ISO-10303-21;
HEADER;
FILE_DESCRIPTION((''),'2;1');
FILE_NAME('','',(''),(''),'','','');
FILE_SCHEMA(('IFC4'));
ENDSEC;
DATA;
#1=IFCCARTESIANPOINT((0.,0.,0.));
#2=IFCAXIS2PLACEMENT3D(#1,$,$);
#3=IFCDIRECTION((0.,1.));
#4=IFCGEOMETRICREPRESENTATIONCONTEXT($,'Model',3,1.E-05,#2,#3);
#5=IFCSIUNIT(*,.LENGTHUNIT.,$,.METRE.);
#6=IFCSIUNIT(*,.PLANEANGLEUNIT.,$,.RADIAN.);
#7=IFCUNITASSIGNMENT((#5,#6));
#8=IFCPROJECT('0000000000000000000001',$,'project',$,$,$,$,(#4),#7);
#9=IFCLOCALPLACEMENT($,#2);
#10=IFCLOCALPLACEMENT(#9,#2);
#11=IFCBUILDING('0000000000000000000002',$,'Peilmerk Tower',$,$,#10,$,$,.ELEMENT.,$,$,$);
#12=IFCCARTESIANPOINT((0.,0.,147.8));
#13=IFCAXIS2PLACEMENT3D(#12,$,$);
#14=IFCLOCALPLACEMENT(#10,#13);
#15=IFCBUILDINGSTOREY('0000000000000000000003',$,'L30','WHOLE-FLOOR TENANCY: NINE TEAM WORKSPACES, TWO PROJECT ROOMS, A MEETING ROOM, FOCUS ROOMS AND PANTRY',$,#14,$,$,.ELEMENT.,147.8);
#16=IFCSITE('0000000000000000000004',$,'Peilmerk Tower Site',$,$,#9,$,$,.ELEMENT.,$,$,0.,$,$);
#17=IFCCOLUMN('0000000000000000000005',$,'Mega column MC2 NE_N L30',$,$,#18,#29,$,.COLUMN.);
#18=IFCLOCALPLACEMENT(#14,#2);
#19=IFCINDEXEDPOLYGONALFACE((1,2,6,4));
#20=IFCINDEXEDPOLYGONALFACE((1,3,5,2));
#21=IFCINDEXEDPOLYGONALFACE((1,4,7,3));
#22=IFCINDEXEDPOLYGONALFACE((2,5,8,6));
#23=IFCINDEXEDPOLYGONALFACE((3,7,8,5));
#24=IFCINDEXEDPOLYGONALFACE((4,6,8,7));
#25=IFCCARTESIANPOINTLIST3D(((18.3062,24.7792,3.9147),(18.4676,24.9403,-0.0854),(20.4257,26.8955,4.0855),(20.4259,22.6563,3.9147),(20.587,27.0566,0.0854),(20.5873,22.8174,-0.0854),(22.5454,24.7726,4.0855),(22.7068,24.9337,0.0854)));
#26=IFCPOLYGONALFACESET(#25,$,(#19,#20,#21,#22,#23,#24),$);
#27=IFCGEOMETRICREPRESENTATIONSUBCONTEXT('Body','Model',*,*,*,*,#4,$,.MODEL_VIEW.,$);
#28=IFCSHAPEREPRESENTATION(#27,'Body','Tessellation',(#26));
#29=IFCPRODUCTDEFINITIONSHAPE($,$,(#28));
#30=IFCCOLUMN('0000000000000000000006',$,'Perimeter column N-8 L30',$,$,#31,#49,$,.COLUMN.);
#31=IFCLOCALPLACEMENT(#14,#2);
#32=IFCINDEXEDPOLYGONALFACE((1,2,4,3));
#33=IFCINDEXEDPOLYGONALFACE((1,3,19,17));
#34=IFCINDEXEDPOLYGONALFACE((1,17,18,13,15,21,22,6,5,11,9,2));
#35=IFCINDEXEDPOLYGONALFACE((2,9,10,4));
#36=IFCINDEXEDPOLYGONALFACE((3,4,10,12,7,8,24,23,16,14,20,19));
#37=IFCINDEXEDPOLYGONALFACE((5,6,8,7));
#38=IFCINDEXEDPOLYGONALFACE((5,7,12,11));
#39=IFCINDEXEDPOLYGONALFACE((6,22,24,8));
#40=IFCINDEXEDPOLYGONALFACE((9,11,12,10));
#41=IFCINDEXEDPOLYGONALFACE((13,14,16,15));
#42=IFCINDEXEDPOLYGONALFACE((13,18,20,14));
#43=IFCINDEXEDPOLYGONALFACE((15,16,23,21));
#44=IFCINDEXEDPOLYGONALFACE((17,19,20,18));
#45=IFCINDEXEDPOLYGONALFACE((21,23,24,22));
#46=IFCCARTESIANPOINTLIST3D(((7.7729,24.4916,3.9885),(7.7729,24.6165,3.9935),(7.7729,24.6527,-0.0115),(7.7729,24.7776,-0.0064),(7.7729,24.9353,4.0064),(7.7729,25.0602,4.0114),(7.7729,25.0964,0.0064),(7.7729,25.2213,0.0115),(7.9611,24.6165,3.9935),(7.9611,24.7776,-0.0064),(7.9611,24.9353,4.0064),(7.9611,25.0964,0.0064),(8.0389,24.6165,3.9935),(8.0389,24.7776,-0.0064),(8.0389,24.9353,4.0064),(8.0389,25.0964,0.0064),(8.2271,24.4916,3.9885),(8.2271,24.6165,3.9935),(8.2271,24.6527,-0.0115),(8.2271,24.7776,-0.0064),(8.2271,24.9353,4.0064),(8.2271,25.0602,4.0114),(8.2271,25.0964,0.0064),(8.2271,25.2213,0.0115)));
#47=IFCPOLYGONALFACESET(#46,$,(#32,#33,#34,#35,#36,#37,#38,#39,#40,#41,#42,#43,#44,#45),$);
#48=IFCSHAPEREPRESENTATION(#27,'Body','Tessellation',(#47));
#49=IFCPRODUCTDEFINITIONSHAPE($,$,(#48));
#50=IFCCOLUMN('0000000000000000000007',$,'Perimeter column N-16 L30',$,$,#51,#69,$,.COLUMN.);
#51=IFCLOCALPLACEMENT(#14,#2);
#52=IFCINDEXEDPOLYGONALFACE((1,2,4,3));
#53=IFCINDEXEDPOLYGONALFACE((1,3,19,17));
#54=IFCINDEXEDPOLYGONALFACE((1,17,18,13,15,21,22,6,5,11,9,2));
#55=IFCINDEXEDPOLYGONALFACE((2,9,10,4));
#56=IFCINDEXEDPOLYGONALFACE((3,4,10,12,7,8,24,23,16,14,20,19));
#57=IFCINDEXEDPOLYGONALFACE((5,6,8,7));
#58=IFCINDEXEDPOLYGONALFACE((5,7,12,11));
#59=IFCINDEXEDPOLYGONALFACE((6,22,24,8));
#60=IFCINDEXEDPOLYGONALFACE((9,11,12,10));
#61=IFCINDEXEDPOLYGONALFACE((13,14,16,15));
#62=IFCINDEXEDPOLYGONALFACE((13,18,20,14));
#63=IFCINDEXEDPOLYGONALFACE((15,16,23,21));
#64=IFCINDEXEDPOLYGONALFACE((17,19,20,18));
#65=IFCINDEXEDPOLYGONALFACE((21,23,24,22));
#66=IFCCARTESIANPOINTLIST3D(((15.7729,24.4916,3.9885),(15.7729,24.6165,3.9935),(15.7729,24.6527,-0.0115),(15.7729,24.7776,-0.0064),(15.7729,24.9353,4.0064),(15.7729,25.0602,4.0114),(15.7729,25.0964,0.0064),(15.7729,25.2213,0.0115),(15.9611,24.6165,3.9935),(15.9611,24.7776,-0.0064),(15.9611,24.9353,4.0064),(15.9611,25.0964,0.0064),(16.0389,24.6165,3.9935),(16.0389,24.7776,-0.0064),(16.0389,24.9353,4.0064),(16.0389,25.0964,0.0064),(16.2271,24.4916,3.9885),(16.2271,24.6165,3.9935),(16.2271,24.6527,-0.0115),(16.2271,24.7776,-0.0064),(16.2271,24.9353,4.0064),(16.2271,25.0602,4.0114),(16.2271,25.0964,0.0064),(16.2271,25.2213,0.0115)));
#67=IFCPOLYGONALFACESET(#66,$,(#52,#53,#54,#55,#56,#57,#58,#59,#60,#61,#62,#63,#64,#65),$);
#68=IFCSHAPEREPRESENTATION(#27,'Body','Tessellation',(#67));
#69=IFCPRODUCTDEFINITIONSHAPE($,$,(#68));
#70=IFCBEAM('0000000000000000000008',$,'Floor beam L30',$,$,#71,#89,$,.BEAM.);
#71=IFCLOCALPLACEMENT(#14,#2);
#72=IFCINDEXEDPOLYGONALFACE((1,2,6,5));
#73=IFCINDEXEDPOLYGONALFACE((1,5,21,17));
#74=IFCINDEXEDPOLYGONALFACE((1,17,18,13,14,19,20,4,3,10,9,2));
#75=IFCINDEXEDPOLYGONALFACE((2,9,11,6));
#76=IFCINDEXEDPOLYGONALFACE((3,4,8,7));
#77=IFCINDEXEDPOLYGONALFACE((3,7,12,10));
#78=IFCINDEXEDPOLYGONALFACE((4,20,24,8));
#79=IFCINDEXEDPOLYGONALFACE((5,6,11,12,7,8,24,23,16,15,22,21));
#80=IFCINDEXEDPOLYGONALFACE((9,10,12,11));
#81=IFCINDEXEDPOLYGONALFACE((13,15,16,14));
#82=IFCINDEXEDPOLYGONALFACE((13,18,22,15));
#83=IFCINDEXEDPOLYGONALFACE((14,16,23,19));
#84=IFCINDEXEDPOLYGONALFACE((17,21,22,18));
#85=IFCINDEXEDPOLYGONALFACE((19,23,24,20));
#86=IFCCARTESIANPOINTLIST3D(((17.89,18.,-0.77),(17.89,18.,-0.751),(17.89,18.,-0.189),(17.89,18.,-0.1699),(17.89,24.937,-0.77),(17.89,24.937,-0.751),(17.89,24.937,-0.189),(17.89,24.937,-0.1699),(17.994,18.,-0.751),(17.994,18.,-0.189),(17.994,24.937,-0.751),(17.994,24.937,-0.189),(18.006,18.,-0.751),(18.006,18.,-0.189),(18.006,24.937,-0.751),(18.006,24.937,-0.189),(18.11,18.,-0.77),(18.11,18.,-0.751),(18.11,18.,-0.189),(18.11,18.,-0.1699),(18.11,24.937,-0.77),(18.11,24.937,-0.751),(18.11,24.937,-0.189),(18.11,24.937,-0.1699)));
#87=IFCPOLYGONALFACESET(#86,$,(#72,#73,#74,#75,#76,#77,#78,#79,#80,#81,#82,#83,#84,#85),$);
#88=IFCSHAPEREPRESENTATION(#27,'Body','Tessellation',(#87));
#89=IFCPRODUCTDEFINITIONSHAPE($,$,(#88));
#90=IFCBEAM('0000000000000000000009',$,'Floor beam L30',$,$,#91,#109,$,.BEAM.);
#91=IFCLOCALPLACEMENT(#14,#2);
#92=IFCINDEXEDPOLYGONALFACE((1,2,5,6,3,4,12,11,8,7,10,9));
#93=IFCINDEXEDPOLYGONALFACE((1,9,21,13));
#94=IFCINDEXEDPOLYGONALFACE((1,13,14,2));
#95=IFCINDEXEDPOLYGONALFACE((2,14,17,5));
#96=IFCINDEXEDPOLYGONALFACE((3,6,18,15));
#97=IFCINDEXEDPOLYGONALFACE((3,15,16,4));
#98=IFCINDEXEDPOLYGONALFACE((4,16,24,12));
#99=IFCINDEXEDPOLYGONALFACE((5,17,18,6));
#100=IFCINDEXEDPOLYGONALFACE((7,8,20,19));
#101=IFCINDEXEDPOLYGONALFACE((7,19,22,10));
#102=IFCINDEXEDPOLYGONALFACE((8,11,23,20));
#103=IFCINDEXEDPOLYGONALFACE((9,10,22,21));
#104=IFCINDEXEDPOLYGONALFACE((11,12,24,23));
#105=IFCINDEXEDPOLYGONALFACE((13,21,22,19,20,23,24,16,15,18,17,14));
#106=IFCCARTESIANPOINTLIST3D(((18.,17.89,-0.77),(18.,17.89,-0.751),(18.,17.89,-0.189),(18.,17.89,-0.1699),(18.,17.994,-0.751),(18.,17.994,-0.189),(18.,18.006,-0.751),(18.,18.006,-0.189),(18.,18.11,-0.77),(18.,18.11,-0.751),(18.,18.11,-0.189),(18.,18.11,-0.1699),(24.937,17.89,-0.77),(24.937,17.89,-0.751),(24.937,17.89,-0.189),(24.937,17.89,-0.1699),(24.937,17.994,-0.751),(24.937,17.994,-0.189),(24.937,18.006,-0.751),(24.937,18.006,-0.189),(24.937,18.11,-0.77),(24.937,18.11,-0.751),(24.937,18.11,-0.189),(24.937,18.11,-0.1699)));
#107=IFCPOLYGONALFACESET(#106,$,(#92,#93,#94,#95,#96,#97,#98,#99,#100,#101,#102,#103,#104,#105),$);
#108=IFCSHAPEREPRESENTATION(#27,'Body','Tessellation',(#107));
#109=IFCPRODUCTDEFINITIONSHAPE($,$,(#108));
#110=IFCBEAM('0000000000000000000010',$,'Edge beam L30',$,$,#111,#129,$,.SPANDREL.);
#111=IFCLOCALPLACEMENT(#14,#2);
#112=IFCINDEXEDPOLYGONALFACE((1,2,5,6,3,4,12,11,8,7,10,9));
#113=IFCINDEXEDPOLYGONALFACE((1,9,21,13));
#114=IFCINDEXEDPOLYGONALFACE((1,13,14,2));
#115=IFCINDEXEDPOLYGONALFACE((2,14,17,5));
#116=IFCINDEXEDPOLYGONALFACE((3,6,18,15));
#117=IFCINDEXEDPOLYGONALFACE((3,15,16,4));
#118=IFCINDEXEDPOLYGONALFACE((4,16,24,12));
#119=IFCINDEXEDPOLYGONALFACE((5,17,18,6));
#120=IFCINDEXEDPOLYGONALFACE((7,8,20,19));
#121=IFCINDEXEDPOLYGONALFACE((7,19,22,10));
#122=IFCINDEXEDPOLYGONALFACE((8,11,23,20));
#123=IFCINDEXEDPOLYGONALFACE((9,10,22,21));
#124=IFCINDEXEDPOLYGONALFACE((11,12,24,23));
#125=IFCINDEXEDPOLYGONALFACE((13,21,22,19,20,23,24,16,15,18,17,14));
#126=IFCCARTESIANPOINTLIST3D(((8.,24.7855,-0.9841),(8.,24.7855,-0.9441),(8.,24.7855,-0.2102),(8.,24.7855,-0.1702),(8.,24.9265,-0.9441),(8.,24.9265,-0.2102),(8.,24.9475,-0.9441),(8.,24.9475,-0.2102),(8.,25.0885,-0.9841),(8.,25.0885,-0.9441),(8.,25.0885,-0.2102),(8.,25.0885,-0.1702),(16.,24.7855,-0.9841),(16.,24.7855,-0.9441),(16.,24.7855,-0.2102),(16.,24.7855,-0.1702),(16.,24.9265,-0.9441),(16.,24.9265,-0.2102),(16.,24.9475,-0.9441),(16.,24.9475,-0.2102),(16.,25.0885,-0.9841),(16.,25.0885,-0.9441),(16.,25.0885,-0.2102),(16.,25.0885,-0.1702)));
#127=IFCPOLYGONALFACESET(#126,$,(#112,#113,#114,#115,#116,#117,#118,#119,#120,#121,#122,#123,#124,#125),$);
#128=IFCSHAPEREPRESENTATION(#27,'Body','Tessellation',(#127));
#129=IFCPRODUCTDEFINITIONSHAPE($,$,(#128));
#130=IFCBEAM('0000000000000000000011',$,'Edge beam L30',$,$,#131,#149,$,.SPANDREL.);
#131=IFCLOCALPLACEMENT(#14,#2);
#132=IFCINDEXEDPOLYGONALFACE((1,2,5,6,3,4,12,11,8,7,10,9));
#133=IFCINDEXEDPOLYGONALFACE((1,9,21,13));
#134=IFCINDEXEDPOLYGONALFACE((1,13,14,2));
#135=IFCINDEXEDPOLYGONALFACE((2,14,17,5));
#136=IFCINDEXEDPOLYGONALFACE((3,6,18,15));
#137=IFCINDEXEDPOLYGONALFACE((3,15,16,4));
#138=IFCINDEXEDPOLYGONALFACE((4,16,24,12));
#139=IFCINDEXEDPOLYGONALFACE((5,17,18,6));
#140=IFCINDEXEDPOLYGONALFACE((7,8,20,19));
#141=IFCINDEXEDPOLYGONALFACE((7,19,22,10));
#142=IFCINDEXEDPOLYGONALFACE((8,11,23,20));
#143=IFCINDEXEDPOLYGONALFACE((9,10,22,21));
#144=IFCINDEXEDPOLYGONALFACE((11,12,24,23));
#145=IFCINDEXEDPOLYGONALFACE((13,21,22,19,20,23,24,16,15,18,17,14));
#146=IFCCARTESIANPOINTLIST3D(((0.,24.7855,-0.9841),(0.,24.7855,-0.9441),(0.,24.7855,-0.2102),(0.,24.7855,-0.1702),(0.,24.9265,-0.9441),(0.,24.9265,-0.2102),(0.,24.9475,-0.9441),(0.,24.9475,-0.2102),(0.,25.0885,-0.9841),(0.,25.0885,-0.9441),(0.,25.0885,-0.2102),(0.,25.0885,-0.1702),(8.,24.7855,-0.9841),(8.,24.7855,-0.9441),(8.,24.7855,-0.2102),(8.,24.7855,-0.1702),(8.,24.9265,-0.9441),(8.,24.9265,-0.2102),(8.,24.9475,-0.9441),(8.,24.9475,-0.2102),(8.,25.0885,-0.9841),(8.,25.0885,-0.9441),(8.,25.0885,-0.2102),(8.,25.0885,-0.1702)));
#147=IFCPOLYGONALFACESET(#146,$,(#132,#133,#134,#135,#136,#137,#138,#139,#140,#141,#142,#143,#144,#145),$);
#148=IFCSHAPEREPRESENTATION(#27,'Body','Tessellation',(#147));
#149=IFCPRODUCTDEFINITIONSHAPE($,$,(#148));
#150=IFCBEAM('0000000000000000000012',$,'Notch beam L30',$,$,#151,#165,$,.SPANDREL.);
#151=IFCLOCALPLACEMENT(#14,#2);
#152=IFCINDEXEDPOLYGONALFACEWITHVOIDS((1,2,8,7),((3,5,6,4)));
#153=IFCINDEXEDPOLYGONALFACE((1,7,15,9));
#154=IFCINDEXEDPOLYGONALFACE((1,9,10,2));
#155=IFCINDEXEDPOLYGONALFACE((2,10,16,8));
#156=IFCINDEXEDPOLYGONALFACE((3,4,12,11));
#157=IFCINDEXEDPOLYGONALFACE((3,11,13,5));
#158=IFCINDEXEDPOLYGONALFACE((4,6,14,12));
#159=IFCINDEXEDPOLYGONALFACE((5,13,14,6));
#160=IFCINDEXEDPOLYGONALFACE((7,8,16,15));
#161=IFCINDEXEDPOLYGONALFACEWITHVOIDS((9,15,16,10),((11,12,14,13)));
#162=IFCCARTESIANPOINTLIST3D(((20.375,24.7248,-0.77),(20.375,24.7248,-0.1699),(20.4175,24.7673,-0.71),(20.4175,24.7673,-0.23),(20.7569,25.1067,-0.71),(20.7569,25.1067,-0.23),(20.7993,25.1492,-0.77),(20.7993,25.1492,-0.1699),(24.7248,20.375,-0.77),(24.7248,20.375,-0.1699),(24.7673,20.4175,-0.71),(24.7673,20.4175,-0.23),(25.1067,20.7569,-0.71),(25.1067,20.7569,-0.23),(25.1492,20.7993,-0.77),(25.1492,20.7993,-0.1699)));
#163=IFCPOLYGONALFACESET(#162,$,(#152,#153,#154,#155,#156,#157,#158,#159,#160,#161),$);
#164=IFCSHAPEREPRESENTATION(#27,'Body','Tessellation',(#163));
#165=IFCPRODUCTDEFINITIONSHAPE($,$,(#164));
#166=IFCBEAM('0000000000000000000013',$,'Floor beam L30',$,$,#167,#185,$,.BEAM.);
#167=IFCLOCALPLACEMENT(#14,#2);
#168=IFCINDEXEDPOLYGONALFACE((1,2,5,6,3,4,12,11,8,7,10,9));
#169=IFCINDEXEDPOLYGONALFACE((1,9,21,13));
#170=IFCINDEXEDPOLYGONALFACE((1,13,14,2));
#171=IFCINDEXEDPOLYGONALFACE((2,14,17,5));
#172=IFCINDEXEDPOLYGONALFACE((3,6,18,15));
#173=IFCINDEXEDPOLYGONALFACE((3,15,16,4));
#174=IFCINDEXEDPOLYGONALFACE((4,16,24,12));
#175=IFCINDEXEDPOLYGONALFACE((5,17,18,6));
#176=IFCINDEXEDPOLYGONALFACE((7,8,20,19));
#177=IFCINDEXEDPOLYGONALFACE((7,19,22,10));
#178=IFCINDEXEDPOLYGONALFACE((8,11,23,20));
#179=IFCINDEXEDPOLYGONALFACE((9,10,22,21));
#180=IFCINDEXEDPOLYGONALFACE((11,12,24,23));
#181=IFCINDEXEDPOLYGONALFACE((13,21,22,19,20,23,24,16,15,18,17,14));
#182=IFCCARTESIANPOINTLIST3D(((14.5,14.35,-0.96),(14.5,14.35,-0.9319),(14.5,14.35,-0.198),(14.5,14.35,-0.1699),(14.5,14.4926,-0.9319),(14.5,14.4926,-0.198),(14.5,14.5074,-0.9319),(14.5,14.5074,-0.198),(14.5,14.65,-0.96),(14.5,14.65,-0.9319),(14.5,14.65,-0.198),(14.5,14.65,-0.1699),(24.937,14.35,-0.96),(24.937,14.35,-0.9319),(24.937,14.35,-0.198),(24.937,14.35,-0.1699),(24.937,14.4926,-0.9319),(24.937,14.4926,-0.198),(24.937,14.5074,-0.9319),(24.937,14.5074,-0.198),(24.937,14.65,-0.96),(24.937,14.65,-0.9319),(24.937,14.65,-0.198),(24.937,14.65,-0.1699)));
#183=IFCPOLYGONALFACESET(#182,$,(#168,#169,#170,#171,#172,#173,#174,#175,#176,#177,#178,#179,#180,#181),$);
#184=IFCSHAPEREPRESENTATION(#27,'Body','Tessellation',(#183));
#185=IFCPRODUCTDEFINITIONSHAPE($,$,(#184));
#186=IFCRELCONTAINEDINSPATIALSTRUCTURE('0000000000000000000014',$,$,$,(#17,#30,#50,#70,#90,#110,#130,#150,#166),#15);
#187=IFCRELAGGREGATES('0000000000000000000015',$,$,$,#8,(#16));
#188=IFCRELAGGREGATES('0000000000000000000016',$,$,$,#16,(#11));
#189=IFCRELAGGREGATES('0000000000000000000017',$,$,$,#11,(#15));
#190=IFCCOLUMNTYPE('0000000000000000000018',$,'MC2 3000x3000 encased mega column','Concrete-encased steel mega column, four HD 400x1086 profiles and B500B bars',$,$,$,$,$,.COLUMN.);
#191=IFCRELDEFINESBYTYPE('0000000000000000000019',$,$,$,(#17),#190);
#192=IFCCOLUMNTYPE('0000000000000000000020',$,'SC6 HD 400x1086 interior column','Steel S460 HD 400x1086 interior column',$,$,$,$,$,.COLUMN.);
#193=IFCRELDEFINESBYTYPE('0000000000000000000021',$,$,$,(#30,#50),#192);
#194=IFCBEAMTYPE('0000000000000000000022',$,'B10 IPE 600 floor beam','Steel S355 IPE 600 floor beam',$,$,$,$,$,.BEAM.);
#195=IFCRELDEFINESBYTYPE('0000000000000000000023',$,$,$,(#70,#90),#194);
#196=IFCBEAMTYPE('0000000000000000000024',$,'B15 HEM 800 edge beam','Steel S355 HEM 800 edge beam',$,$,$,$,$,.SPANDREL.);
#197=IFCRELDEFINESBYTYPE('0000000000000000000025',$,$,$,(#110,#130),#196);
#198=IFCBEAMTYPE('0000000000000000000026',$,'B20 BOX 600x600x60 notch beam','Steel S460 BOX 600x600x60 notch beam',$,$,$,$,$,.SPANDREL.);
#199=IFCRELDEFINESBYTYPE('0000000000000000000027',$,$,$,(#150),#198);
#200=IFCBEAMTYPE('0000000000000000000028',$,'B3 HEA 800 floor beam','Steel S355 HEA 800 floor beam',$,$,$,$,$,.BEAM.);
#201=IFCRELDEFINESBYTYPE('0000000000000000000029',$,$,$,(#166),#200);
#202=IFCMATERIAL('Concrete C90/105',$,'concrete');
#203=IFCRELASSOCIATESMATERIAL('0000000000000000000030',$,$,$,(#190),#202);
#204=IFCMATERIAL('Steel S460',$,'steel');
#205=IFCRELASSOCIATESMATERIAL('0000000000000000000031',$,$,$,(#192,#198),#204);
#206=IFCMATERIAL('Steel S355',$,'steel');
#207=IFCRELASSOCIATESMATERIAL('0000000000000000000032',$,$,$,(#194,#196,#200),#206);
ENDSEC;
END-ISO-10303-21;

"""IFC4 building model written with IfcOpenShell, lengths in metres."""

from ifc_helpers import new_model, si_unit, direction, frame, origin, origin_2d, place, context, subcontext, project, spatial, rectangle, hollow_rectangle, i_section, extrude, material, material_profile, profile_set, type_object, element, save


model = new_model("IFC4")

# Units and contexts
model_context = context("Model", 3, precision=1e-05, world=origin(), true_north=direction((0.0, 1.0)))
body_context = subcontext(model_context, "Body", "Model", "MODEL_VIEW")
ifc_project = project(units=[si_unit("LENGTHUNIT", "METRE"), si_unit("PLANEANGLEUNIT", "RADIAN")], contexts=[model_context])

# Site, building, storey
site_placement = place(None, origin())
site = spatial("IfcSite", under=ifc_project, at=site_placement, Name="Peilmerk Tower Site", CompositionType="ELEMENT", RefElevation=0.0)
building_placement = place(site_placement, origin())
building = spatial("IfcBuilding", under=site, at=building_placement, Name="Peilmerk Tower", CompositionType="ELEMENT")
storey_placement = place(building_placement, frame((0.0, 0.0, 147.8)))
storey = spatial("IfcBuildingStorey", under=building, at=storey_placement, Name="L30", Description="WHOLE-FLOOR TENANCY: NINE TEAM WORKSPACES, TWO PROJECT ROOMS, A MEETING ROOM, FOCUS ROOMS AND PANTRY", CompositionType="ELEMENT", Elevation=147.8)

# Columns
ifc_material_1 = material(Name="Concrete C90/105", Category="concrete")
ifc_material_profile_1 = material_profile(ifc_material_1, rectangle(XDim=3.0, YDim=3.0, at=origin_2d()), Name="RC 3000x3000")
ifc_profile_set_1 = profile_set([ifc_material_profile_1], Name="Concrete C90/105")
column_type_1 = type_object("IfcColumnType", Name="MC2 3000x3000 encased mega column", Description="Concrete-encased steel mega column, four HD 400x1086 profiles and B500B bars", PredefinedType="COLUMN", material=ifc_profile_set_1)
column_placement = place(storey_placement, frame((20.5872, 24.937, 0.0), z_axis=(-0.040279, -0.040218, 0.998379), x_axis=(0.706571, -0.707642, 0.0)))
element("IfcColumn", 1, at=column_placement, inside=storey, type_object=column_type_1, Name="Mega column MC2 NE_N L30", PredefinedType="COLUMN", context=body_context, shape_type="SweptSolid", body=[
    extrude(rectangle(XDim=3.0, YDim=3.0, at=origin_2d()), origin(), (0.0, 0.0, 1.0), 4.0066),
])
ifc_material_2 = material(Name="Steel S460", Category="steel")
ifc_material_profile_2 = material_profile(ifc_material_2, i_section(OverallWidth=0.4541, OverallDepth=0.5691, WebThickness=0.0779, FlangeThickness=0.125, at=origin_2d()), Name="HD 400x1086")
ifc_profile_set_2 = profile_set([ifc_material_profile_2], Name="Steel S460")
column_type_2 = type_object("IfcColumnType", Name="SC6 HD 400x1086 interior column", Description="Steel S460 HD 400x1086 interior column", PredefinedType="COLUMN", material=ifc_profile_set_2)
for number, where, z_axis, x_axis, name in (
    (2, (8.0, 24.937, 0.0), (0.0, -0.040251, 0.99919), (1.0, 0.0, 0.0), "Perimeter column N-8 L30"),
    (3, (16.0, 24.937, 0.0), (0.0, -0.040251, 0.99919), (1.0, 0.0, 0.0), "Perimeter column N-16 L30"),
):
    element("IfcColumn", number, at=place(storey_placement, frame(where, z_axis=z_axis, x_axis=x_axis)), inside=storey, type_object=column_type_2, Name=name, PredefinedType="COLUMN", context=body_context, shape_type="SweptSolid", body=[
        extrude(i_section(OverallWidth=0.4541, OverallDepth=0.5691, WebThickness=0.0779, FlangeThickness=0.125, at=origin_2d()), origin(), (0.0, 0.0, 1.0), 4.0032),
    ])

# Beams
ifc_material_3 = material(Name="Steel S355", Category="steel")
ifc_material_profile_3 = material_profile(ifc_material_3, i_section(OverallWidth=0.22, OverallDepth=0.6001, WebThickness=0.012, FlangeThickness=0.019, at=origin_2d()), Name="IPE 600")
ifc_profile_set_3 = profile_set([ifc_material_profile_3], Name="Steel S355")
beam_type_1 = type_object("IfcBeamType", Name="B10 IPE 600 floor beam", Description="Steel S355 IPE 600 floor beam", PredefinedType="BEAM", material=ifc_profile_set_3)
for number, where, z_axis, x_axis, name in (
    (4, (18.0, 18.0, -0.47), (0.0, 1.0, 0.0), (-1.0, 0.0, 0.0), "Floor beam L30"),
    (5, (18.0, 18.0, -0.47), (1.0, 0.0, 0.0), (0.0, 1.0, 0.0), "Floor beam L30"),
):
    element("IfcBeam", number, at=place(storey_placement, frame(where, z_axis=z_axis, x_axis=x_axis)), inside=storey, type_object=beam_type_1, Name=name, PredefinedType="BEAM", context=body_context, shape_type="SweptSolid", body=[
        extrude(i_section(OverallWidth=0.22, OverallDepth=0.6001, WebThickness=0.012, FlangeThickness=0.019, at=origin_2d()), origin(), (0.0, 0.0, 1.0), 6.937),
    ])
ifc_material_profile_4 = material_profile(ifc_material_3, i_section(OverallWidth=0.303, OverallDepth=0.814, WebThickness=0.021, FlangeThickness=0.04, at=origin_2d()), Name="HEM 800")
ifc_profile_set_4 = profile_set([ifc_material_profile_4], Name="Steel S355")
beam_type_2 = type_object("IfcBeamType", Name="B15 HEM 800 edge beam", Description="Steel S355 HEM 800 edge beam", PredefinedType="SPANDREL", material=ifc_profile_set_4)
for number, where, z_axis, x_axis, name in (
    (6, (16.0, 24.937, -0.5771), (-1.0, 0.0, 0.0), (0.0, -1.0, 0.0), "Edge beam L30"),
    (7, (8.0, 24.937, -0.5771), (-1.0, 0.0, 0.0), (0.0, -1.0, 0.0), "Edge beam L30"),
):
    element("IfcBeam", number, at=place(storey_placement, frame(where, z_axis=z_axis, x_axis=x_axis)), inside=storey, type_object=beam_type_2, Name=name, PredefinedType="SPANDREL", context=body_context, shape_type="SweptSolid", body=[
        extrude(i_section(OverallWidth=0.303, OverallDepth=0.814, WebThickness=0.021, FlangeThickness=0.04, at=origin_2d()), origin(), (0.0, 0.0, 1.0), 8.0),
    ])
ifc_material_profile_5 = material_profile(ifc_material_2, hollow_rectangle(XDim=0.6001, YDim=0.6001, WallThickness=0.0601, at=origin_2d()), Name="BOX 600x600x60")
ifc_profile_set_5 = profile_set([ifc_material_profile_5], Name="Steel S460")
beam_type_3 = type_object("IfcBeamType", Name="B20 BOX 600x600x60 notch beam", Description="Steel S460 BOX 600x600x60 notch beam", PredefinedType="SPANDREL", material=ifc_profile_set_5)
beam_1_placement = place(storey_placement, frame((20.5872, 24.937, -0.47), z_axis=(0.707107, -0.707107, 0.0), x_axis=(0.707107, 0.707107, 0.0)))
element("IfcBeam", 8, at=beam_1_placement, inside=storey, type_object=beam_type_3, Name="Notch beam L30", PredefinedType="SPANDREL", context=body_context, shape_type="SweptSolid", body=[
    extrude(hollow_rectangle(XDim=0.6001, YDim=0.6001, WallThickness=0.0601, at=origin_2d()), origin(), (0.0, 0.0, 1.0), 6.1516),
])
ifc_material_profile_6 = material_profile(ifc_material_3, i_section(OverallWidth=0.3, OverallDepth=0.79, WebThickness=0.0149, FlangeThickness=0.0281, at=origin_2d()), Name="HEA 800")
ifc_profile_set_6 = profile_set([ifc_material_profile_6], Name="Steel S355")
beam_type_4 = type_object("IfcBeamType", Name="B3 HEA 800 floor beam", Description="Steel S355 HEA 800 floor beam", PredefinedType="BEAM", material=ifc_profile_set_6)
beam_2_placement = place(storey_placement, frame((14.5, 14.5, -0.5649), z_axis=(1.0, 0.0, 0.0), x_axis=(0.0, 1.0, 0.0)))
element("IfcBeam", 9, at=beam_2_placement, inside=storey, type_object=beam_type_4, Name="Floor beam L30", PredefinedType="BEAM", context=body_context, shape_type="SweptSolid", body=[
    extrude(i_section(OverallWidth=0.3, OverallDepth=0.79, WebThickness=0.0149, FlangeThickness=0.0281, at=origin_2d()), origin(), (0.0, 0.0, 1.0), 10.437),
])

save(model, "model.ifc")
